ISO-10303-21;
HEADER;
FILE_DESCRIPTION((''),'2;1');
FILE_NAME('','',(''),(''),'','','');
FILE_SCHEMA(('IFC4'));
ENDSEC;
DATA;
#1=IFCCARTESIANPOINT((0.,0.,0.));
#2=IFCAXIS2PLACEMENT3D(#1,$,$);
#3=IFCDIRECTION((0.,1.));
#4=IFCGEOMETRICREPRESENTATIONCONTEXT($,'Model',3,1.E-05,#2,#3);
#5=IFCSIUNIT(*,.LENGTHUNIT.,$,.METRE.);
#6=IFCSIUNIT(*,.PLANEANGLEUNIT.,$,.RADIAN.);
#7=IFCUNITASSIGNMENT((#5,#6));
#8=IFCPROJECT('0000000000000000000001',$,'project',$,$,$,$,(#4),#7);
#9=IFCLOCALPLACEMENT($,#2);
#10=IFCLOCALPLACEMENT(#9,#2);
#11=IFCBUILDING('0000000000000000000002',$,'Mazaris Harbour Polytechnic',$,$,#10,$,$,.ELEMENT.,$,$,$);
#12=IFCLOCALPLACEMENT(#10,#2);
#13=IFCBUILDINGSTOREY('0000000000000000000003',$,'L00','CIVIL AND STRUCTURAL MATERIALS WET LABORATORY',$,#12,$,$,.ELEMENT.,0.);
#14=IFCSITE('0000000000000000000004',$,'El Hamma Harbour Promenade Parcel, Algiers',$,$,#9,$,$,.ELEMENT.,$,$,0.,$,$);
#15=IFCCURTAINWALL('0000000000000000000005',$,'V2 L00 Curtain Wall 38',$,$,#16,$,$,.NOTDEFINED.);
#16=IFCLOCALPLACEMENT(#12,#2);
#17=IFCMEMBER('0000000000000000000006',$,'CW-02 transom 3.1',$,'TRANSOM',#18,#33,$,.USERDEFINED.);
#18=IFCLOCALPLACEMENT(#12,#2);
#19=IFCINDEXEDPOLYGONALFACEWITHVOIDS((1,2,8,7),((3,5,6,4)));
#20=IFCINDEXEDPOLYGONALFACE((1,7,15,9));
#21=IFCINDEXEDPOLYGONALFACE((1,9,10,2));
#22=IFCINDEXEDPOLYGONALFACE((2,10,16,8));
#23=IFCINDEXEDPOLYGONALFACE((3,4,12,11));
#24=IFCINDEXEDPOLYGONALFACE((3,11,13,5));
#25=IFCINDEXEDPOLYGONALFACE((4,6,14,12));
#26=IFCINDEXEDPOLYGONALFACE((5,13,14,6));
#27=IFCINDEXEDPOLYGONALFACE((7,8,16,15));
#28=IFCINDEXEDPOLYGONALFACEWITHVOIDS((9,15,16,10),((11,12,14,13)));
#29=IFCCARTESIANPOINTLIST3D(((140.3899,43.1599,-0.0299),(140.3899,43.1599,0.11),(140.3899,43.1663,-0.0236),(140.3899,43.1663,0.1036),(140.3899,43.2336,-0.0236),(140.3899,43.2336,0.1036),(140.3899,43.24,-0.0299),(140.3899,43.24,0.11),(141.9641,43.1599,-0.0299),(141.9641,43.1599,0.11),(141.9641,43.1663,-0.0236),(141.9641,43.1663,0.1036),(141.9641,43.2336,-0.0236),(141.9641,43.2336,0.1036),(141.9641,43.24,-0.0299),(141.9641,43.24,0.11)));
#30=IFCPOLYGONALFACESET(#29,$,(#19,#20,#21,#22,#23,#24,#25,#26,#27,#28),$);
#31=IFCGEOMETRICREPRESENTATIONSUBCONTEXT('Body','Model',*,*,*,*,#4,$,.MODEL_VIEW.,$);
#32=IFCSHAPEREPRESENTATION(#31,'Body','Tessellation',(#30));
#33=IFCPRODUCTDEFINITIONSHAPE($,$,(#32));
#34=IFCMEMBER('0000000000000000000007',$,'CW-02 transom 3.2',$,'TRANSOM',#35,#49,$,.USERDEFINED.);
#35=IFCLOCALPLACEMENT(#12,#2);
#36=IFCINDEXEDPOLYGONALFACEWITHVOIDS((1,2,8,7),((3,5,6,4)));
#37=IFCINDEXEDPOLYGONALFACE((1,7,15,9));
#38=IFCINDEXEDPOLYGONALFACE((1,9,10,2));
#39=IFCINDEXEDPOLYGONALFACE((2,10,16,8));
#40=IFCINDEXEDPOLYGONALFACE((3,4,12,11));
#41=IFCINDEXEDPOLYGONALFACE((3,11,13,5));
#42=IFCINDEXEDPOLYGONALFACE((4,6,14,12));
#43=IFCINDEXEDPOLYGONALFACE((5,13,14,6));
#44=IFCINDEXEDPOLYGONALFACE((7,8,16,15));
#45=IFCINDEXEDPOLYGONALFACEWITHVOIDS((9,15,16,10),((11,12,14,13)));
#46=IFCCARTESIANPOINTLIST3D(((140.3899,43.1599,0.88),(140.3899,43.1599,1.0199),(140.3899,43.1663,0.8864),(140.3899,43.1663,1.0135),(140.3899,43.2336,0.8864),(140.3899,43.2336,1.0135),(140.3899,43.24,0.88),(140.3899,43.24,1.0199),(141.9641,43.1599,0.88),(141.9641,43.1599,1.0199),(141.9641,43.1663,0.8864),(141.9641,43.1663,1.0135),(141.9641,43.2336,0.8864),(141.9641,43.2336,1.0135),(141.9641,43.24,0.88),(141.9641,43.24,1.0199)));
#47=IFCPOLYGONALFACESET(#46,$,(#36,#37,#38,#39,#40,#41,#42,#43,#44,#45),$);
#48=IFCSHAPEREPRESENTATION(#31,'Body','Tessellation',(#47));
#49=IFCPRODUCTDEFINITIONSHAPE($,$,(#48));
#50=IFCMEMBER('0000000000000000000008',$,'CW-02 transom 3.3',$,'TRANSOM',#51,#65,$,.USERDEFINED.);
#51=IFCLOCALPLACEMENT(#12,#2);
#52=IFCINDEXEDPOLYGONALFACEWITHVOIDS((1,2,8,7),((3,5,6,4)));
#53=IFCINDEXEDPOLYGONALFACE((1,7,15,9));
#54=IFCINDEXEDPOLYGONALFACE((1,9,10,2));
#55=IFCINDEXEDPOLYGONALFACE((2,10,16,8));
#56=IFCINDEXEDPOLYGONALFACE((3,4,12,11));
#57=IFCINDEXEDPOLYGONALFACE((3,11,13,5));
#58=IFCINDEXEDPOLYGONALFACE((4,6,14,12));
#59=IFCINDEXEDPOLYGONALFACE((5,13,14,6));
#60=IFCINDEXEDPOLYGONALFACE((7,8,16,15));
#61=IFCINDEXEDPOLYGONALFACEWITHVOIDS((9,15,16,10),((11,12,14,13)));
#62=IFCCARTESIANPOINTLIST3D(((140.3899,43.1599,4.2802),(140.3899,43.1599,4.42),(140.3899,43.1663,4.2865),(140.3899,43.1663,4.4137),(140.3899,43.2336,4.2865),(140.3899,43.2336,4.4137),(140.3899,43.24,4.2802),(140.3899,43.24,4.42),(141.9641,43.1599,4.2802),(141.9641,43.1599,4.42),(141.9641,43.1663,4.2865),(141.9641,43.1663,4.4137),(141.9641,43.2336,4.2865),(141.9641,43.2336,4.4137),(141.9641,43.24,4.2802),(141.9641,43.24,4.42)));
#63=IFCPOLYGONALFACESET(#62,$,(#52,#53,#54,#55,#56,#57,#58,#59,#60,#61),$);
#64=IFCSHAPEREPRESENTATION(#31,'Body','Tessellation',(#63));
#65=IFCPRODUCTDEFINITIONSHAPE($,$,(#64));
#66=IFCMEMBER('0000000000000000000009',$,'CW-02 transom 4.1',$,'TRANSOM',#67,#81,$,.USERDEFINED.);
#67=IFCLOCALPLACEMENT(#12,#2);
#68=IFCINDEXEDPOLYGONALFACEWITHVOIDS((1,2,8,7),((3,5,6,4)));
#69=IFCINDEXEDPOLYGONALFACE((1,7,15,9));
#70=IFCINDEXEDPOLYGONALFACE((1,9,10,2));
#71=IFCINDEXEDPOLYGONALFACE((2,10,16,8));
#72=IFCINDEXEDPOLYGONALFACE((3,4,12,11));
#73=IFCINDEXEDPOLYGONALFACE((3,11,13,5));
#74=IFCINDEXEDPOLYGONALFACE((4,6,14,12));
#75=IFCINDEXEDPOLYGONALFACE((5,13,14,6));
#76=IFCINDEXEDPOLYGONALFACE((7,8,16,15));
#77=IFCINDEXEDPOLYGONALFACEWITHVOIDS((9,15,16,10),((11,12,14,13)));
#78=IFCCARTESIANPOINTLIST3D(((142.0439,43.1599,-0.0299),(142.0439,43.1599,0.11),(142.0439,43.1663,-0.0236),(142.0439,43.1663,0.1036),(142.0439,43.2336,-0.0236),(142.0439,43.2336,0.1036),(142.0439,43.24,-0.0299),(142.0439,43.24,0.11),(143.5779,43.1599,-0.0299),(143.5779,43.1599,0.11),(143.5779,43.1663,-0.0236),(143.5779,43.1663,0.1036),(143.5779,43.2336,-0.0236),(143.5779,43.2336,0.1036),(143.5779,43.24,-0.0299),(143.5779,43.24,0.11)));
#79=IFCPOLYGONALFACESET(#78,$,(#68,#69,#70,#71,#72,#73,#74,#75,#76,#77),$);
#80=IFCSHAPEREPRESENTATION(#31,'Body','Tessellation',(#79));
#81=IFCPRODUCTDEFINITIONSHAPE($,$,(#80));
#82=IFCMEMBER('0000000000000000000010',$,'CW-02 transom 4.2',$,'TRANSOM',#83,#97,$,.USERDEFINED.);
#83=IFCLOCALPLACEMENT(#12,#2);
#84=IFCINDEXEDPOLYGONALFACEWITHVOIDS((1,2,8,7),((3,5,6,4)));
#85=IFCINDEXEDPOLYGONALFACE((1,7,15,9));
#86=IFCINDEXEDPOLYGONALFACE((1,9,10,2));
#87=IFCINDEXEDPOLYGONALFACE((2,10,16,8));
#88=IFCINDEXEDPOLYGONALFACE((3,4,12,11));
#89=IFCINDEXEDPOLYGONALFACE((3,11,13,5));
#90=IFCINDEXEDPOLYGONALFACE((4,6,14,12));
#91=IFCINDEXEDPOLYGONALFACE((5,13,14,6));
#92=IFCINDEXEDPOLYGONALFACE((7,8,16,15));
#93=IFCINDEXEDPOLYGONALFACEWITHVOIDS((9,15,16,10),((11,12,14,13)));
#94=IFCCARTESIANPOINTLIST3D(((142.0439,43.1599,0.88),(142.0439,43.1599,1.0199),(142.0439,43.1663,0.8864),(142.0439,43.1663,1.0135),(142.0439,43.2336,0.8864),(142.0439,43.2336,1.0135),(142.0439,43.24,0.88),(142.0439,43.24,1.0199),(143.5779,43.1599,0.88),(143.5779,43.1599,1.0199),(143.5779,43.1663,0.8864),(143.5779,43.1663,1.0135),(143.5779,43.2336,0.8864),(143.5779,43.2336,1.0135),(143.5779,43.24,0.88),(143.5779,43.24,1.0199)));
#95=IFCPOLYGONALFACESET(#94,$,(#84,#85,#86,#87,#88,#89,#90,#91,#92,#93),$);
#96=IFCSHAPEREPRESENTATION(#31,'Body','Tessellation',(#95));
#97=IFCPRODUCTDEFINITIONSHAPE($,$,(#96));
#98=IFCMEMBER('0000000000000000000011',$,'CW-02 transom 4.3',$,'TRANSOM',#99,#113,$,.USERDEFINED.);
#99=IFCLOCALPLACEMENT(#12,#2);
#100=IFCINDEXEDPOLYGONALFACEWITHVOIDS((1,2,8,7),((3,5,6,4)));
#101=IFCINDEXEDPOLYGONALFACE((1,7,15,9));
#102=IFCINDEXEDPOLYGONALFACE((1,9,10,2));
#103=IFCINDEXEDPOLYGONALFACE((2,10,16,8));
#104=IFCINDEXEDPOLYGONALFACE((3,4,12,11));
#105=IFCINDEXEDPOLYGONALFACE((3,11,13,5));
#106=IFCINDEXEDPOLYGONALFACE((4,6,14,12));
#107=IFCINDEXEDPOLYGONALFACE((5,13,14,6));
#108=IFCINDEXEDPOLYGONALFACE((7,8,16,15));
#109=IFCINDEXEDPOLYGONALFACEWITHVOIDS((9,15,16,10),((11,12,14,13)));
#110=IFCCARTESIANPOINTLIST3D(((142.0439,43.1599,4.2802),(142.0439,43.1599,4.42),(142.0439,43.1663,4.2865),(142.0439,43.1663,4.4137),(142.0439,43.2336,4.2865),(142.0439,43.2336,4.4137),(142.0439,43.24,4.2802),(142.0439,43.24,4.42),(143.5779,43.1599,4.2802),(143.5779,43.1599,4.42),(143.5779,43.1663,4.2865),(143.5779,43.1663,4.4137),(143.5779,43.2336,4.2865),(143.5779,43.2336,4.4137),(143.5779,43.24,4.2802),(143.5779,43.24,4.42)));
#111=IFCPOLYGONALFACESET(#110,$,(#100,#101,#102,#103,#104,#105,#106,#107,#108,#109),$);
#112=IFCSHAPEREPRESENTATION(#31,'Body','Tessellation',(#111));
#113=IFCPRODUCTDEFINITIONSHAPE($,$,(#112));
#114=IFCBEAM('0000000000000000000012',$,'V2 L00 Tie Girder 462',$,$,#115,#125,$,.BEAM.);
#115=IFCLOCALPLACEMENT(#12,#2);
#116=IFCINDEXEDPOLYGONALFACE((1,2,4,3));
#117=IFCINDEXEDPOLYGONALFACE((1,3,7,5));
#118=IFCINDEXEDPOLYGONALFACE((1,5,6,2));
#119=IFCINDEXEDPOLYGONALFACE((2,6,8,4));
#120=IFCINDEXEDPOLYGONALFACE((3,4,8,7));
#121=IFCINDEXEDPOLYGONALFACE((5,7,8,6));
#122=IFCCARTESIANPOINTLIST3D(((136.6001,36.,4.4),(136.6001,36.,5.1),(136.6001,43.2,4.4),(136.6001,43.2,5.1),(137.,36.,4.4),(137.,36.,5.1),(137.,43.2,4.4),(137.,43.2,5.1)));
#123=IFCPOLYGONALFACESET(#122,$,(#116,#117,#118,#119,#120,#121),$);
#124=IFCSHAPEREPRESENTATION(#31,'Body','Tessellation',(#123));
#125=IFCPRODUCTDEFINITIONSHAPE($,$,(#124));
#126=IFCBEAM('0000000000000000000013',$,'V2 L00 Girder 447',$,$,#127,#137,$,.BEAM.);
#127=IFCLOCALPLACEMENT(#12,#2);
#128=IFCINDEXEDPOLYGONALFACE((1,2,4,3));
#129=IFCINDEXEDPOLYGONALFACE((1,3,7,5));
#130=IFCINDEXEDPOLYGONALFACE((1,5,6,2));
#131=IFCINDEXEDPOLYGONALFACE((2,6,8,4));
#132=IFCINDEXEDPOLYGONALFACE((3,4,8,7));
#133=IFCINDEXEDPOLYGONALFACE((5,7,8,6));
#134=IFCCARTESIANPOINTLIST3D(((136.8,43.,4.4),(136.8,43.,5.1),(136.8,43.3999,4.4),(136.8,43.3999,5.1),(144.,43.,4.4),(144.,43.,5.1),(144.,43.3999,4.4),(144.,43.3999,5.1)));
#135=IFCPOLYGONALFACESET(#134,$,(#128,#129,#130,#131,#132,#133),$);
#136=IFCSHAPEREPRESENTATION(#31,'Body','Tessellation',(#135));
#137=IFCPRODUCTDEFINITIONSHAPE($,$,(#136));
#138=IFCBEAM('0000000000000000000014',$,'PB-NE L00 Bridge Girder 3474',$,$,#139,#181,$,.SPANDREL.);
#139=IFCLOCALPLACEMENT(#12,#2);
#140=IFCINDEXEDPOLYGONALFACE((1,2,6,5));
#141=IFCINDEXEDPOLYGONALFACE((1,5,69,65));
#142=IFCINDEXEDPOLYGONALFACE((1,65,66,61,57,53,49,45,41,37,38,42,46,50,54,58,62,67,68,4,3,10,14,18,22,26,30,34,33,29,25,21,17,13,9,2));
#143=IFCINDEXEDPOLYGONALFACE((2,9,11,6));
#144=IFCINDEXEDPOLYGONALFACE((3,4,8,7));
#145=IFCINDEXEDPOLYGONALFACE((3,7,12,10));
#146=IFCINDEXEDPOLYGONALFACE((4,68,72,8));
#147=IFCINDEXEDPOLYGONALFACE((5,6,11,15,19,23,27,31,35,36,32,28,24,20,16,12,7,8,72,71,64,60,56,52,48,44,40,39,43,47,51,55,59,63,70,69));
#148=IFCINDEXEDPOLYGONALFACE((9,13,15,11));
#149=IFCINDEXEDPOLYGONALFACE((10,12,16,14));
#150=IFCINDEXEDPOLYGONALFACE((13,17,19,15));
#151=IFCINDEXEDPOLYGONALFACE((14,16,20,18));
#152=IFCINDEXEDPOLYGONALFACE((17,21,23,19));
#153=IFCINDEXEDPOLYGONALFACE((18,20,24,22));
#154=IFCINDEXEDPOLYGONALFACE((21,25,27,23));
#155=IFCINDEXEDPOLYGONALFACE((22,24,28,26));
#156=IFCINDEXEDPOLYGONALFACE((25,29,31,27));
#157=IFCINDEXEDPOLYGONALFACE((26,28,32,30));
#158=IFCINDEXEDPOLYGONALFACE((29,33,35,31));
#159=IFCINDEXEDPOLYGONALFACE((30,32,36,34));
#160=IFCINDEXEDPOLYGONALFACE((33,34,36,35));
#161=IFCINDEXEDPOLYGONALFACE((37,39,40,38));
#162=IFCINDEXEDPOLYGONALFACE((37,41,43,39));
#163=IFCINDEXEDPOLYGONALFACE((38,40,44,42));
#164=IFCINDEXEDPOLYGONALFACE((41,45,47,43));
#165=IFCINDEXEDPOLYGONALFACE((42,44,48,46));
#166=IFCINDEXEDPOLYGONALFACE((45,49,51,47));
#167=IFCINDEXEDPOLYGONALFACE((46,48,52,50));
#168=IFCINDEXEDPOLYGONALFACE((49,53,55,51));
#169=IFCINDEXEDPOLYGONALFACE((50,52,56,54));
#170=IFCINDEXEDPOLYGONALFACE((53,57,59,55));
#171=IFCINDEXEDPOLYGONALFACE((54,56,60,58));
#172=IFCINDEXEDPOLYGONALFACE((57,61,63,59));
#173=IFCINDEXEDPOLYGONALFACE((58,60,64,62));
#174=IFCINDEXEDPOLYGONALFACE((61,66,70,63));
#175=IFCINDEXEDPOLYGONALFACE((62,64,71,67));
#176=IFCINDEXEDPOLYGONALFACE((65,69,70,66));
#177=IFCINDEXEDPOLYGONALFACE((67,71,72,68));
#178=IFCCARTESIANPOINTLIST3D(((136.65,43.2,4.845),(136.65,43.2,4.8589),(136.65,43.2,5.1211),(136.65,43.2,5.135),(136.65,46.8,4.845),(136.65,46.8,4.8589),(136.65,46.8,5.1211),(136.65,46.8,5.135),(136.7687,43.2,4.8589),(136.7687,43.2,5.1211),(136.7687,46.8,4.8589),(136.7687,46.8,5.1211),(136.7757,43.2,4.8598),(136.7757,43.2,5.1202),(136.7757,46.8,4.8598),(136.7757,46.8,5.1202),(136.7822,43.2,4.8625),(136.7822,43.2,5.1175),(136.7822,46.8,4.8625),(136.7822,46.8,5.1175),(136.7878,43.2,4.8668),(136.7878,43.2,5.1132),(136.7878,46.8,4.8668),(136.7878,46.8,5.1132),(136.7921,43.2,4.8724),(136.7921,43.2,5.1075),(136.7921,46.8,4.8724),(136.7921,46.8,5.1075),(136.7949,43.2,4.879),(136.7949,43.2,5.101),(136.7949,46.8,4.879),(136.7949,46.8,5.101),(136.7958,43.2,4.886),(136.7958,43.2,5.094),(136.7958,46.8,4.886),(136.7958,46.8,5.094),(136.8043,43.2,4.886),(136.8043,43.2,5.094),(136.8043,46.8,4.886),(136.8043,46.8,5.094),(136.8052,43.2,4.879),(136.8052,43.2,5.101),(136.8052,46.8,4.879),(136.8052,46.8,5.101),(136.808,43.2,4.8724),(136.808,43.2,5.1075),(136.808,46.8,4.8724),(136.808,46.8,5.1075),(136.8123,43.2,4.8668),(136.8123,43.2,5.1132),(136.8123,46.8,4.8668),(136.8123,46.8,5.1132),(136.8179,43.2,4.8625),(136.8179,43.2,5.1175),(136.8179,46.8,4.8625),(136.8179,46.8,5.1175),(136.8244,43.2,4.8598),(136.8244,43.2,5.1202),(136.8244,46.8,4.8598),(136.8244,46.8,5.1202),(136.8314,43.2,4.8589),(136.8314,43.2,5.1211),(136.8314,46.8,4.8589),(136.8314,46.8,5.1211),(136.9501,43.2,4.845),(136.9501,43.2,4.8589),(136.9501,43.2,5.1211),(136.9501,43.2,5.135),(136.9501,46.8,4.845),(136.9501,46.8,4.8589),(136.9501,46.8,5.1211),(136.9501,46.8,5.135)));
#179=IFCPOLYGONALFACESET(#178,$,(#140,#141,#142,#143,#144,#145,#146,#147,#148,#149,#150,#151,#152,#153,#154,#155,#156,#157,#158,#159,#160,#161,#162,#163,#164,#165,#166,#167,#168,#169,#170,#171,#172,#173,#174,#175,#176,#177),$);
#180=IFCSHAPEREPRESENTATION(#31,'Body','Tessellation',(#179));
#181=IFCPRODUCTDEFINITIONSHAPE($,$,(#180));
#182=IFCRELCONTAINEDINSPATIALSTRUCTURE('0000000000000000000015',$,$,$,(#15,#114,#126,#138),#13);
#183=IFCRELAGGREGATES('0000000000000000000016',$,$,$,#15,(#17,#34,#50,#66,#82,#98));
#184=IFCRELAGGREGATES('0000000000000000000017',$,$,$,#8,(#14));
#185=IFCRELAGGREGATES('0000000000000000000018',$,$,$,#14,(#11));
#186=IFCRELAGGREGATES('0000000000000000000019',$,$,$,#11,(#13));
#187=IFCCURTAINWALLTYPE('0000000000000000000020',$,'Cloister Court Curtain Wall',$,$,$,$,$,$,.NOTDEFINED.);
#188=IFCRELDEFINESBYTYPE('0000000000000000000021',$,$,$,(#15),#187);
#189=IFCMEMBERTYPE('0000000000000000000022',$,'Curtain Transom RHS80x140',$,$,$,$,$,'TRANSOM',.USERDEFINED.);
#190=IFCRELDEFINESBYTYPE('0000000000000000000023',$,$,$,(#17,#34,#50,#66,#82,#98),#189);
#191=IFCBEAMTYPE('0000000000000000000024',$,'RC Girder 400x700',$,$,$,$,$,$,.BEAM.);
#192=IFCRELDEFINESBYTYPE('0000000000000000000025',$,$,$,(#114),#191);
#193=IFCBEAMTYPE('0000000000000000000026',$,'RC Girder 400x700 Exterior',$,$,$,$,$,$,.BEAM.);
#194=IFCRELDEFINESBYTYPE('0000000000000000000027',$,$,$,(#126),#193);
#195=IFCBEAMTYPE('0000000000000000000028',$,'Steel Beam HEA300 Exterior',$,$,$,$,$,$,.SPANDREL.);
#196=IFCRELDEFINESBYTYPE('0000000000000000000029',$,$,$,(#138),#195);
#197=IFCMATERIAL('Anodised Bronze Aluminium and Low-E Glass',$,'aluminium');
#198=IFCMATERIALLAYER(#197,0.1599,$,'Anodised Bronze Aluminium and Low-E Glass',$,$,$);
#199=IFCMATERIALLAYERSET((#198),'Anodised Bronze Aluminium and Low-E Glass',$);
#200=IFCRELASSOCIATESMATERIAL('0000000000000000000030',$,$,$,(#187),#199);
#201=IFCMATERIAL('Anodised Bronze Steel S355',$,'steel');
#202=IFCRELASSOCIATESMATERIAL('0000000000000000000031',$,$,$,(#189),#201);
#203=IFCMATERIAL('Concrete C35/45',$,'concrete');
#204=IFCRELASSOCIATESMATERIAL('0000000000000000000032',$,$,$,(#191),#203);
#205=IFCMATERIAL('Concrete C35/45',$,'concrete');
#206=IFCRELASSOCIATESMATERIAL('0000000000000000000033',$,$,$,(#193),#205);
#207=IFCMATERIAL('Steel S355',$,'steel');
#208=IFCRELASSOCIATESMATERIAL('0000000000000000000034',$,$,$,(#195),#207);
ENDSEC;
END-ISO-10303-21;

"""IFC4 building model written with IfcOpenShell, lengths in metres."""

from ifc_helpers import new_model, si_unit, direction, frame, origin, origin_2d, place, context, subcontext, project, spatial, rectangle, hollow_rectangle, i_section, extrude, material, layer, layer_set, material_profile, profile_set, type_object, element, aggregate, save


model = new_model("IFC4")

# Units and contexts
model_context = context("Model", 3, precision=1e-05, world=origin(), true_north=direction((0.0, 1.0)))
body_context = subcontext(model_context, "Body", "Model", "MODEL_VIEW")
ifc_project = project(units=[si_unit("LENGTHUNIT", "METRE"), si_unit("PLANEANGLEUNIT", "RADIAN")], contexts=[model_context])

# Site, building, storey
site_placement = place(None, origin())
site = spatial("IfcSite", under=ifc_project, at=site_placement, Name="El Hamma Harbour Promenade Parcel, Algiers", CompositionType="ELEMENT", RefElevation=0.0)
building_placement = place(site_placement, origin())
building = spatial("IfcBuilding", under=site, at=building_placement, Name="Mazaris Harbour Polytechnic", CompositionType="ELEMENT")
storey_placement = place(building_placement, origin())
storey = spatial("IfcBuildingStorey", under=building, at=storey_placement, Name="L00", Description="CIVIL AND STRUCTURAL MATERIALS WET LABORATORY", CompositionType="ELEMENT", Elevation=0.0)

# Curtain wall, members
ifc_material_1 = material(Name="Anodised Bronze Aluminium and Low-E Glass", Category="aluminium")
ifc_layer_1 = layer(ifc_material_1, 0.1599, Name="Anodised Bronze Aluminium and Low-E Glass")
ifc_layer_set_1 = layer_set([ifc_layer_1], Name="Anodised Bronze Aluminium and Low-E Glass")
curtain_wall_type = type_object("IfcCurtainWallType", Name="Cloister Court Curtain Wall", PredefinedType="NOTDEFINED", material=ifc_layer_set_1)
curtain_wall_placement = place(storey_placement, origin())
curtain_wall = element("IfcCurtainWall", 1, at=curtain_wall_placement, inside=storey, type_object=curtain_wall_type, Name="V2 L00 Curtain Wall 38", PredefinedType="NOTDEFINED")
ifc_material_2 = material(Name="Anodised Bronze Steel S355", Category="steel")
ifc_material_profile_1 = material_profile(ifc_material_2, hollow_rectangle(XDim=0.0801, YDim=0.1399, WallThickness=0.0063, at=origin_2d()), Name="RHS 80x140x6.3")
ifc_profile_set_1 = profile_set([ifc_material_profile_1], Name="Anodised Bronze Steel S355")
member_type_1 = type_object("IfcMemberType", Name="Curtain Transom RHS80x140", ElementType="TRANSOM", PredefinedType="USERDEFINED", material=ifc_profile_set_1)
member_1_placement = place(storey_placement, frame((140.3899, 43.2, 0.04), z_axis=(1.0, 0.0, 0.0), x_axis=(0.0, 1.0, 0.0)))
member_1 = element("IfcMember", 2, at=member_1_placement, type_object=member_type_1, Name="CW-02 transom 3.1", ObjectType="TRANSOM", PredefinedType="USERDEFINED", context=body_context, shape_type="SweptSolid", body=[
    extrude(hollow_rectangle(XDim=0.0801, YDim=0.1399, WallThickness=0.0063, at=origin_2d()), origin(), (0.0, 0.0, 1.0), 1.5742),
])
member_2_placement = place(storey_placement, frame((140.3899, 43.2, 0.95), z_axis=(1.0, 0.0, 0.0), x_axis=(0.0, 1.0, 0.0)))
member_2 = element("IfcMember", 3, at=member_2_placement, type_object=member_type_1, Name="CW-02 transom 3.2", ObjectType="TRANSOM", PredefinedType="USERDEFINED", context=body_context, shape_type="SweptSolid", body=[
    extrude(hollow_rectangle(XDim=0.0801, YDim=0.1399, WallThickness=0.0063, at=origin_2d()), origin(), (0.0, 0.0, 1.0), 1.5742),
])
member_3_placement = place(storey_placement, frame((140.3899, 43.2, 4.3501), z_axis=(1.0, 0.0, 0.0), x_axis=(0.0, 1.0, 0.0)))
member_3 = element("IfcMember", 4, at=member_3_placement, type_object=member_type_1, Name="CW-02 transom 3.3", ObjectType="TRANSOM", PredefinedType="USERDEFINED", context=body_context, shape_type="SweptSolid", body=[
    extrude(hollow_rectangle(XDim=0.0801, YDim=0.1399, WallThickness=0.0063, at=origin_2d()), origin(), (0.0, 0.0, 1.0), 1.5742),
])
member_4_placement = place(storey_placement, frame((142.0439, 43.2, 0.04), z_axis=(1.0, 0.0, 0.0), x_axis=(0.0, 1.0, 0.0)))
member_4 = element("IfcMember", 5, at=member_4_placement, type_object=member_type_1, Name="CW-02 transom 4.1", ObjectType="TRANSOM", PredefinedType="USERDEFINED", context=body_context, shape_type="SweptSolid", body=[
    extrude(hollow_rectangle(XDim=0.0801, YDim=0.1399, WallThickness=0.0063, at=origin_2d()), origin(), (0.0, 0.0, 1.0), 1.5339),
])
member_5_placement = place(storey_placement, frame((142.0439, 43.2, 0.95), z_axis=(1.0, 0.0, 0.0), x_axis=(0.0, 1.0, 0.0)))
member_5 = element("IfcMember", 6, at=member_5_placement, type_object=member_type_1, Name="CW-02 transom 4.2", ObjectType="TRANSOM", PredefinedType="USERDEFINED", context=body_context, shape_type="SweptSolid", body=[
    extrude(hollow_rectangle(XDim=0.0801, YDim=0.1399, WallThickness=0.0063, at=origin_2d()), origin(), (0.0, 0.0, 1.0), 1.5339),
])
member_6_placement = place(storey_placement, frame((142.0439, 43.2, 4.3501), z_axis=(1.0, 0.0, 0.0), x_axis=(0.0, 1.0, 0.0)))
member_6 = element("IfcMember", 7, at=member_6_placement, type_object=member_type_1, Name="CW-02 transom 4.3", ObjectType="TRANSOM", PredefinedType="USERDEFINED", context=body_context, shape_type="SweptSolid", body=[
    extrude(hollow_rectangle(XDim=0.0801, YDim=0.1399, WallThickness=0.0063, at=origin_2d()), origin(), (0.0, 0.0, 1.0), 1.5339),
])

# Beams
ifc_material_3 = material(Name="Concrete C35/45", Category="concrete")
ifc_material_profile_2 = material_profile(ifc_material_3, rectangle(XDim=0.3999, YDim=0.7, at=origin_2d()), Name="RECT400x700")
ifc_profile_set_2 = profile_set([ifc_material_profile_2], Name="Concrete C35/45")
beam_type_1 = type_object("IfcBeamType", Name="RC Girder 400x700", PredefinedType="BEAM", material=ifc_profile_set_2)
beam_1_placement = place(storey_placement, frame((136.8, 36.0, 4.75), z_axis=(0.0, 1.0, 0.0), x_axis=(-1.0, 0.0, 0.0)))
element("IfcBeam", 8, at=beam_1_placement, inside=storey, type_object=beam_type_1, Name="V2 L00 Tie Girder 462", PredefinedType="BEAM", context=body_context, shape_type="SweptSolid", body=[
    extrude(rectangle(XDim=0.3999, YDim=0.7, at=origin_2d()), origin(), (0.0, 0.0, 1.0), 7.2),
])
ifc_material_4 = material(Name="Concrete C35/45", Category="concrete")
ifc_material_profile_3 = material_profile(ifc_material_4, rectangle(XDim=0.3999, YDim=0.7, at=origin_2d()), Name="RECT400x700")
ifc_profile_set_3 = profile_set([ifc_material_profile_3], Name="Concrete C35/45")
beam_type_2 = type_object("IfcBeamType", Name="RC Girder 400x700 Exterior", PredefinedType="BEAM", material=ifc_profile_set_3)
beam_2_placement = place(storey_placement, frame((136.8, 43.2, 4.75), z_axis=(1.0, 0.0, 0.0), x_axis=(0.0, 1.0, 0.0)))
element("IfcBeam", 9, at=beam_2_placement, inside=storey, type_object=beam_type_2, Name="V2 L00 Girder 447", PredefinedType="BEAM", context=body_context, shape_type="SweptSolid", body=[
    extrude(rectangle(XDim=0.3999, YDim=0.7, at=origin_2d()), origin(), (0.0, 0.0, 1.0), 7.2),
])
ifc_material_5 = material(Name="Steel S355", Category="steel")
ifc_material_profile_4 = material_profile(ifc_material_5, i_section(OverallWidth=0.3, OverallDepth=0.29, WebThickness=0.0085, FlangeThickness=0.0139, FilletRadius=0.0271, at=origin_2d()), Name="HEA 300")
ifc_profile_set_4 = profile_set([ifc_material_profile_4], Name="Steel S355")
beam_type_3 = type_object("IfcBeamType", Name="Steel Beam HEA300 Exterior", PredefinedType="SPANDREL", material=ifc_profile_set_4)
beam_3_placement = place(storey_placement, frame((136.8, 43.2, 4.99), z_axis=(0.0, 1.0, 0.0), x_axis=(-1.0, 0.0, 0.0)))
element("IfcBeam", 10, at=beam_3_placement, inside=storey, type_object=beam_type_3, Name="PB-NE L00 Bridge Girder 3474", PredefinedType="SPANDREL", context=body_context, shape_type="SweptSolid", body=[
    extrude(i_section(OverallWidth=0.3, OverallDepth=0.29, WebThickness=0.0085, FlangeThickness=0.0139, FilletRadius=0.0271, at=origin_2d()), origin(), (0.0, 0.0, 1.0), 3.6001),
])

aggregate(curtain_wall, [member_1, member_2, member_3, member_4, member_5, member_6])

save(model, "model.ifc")
